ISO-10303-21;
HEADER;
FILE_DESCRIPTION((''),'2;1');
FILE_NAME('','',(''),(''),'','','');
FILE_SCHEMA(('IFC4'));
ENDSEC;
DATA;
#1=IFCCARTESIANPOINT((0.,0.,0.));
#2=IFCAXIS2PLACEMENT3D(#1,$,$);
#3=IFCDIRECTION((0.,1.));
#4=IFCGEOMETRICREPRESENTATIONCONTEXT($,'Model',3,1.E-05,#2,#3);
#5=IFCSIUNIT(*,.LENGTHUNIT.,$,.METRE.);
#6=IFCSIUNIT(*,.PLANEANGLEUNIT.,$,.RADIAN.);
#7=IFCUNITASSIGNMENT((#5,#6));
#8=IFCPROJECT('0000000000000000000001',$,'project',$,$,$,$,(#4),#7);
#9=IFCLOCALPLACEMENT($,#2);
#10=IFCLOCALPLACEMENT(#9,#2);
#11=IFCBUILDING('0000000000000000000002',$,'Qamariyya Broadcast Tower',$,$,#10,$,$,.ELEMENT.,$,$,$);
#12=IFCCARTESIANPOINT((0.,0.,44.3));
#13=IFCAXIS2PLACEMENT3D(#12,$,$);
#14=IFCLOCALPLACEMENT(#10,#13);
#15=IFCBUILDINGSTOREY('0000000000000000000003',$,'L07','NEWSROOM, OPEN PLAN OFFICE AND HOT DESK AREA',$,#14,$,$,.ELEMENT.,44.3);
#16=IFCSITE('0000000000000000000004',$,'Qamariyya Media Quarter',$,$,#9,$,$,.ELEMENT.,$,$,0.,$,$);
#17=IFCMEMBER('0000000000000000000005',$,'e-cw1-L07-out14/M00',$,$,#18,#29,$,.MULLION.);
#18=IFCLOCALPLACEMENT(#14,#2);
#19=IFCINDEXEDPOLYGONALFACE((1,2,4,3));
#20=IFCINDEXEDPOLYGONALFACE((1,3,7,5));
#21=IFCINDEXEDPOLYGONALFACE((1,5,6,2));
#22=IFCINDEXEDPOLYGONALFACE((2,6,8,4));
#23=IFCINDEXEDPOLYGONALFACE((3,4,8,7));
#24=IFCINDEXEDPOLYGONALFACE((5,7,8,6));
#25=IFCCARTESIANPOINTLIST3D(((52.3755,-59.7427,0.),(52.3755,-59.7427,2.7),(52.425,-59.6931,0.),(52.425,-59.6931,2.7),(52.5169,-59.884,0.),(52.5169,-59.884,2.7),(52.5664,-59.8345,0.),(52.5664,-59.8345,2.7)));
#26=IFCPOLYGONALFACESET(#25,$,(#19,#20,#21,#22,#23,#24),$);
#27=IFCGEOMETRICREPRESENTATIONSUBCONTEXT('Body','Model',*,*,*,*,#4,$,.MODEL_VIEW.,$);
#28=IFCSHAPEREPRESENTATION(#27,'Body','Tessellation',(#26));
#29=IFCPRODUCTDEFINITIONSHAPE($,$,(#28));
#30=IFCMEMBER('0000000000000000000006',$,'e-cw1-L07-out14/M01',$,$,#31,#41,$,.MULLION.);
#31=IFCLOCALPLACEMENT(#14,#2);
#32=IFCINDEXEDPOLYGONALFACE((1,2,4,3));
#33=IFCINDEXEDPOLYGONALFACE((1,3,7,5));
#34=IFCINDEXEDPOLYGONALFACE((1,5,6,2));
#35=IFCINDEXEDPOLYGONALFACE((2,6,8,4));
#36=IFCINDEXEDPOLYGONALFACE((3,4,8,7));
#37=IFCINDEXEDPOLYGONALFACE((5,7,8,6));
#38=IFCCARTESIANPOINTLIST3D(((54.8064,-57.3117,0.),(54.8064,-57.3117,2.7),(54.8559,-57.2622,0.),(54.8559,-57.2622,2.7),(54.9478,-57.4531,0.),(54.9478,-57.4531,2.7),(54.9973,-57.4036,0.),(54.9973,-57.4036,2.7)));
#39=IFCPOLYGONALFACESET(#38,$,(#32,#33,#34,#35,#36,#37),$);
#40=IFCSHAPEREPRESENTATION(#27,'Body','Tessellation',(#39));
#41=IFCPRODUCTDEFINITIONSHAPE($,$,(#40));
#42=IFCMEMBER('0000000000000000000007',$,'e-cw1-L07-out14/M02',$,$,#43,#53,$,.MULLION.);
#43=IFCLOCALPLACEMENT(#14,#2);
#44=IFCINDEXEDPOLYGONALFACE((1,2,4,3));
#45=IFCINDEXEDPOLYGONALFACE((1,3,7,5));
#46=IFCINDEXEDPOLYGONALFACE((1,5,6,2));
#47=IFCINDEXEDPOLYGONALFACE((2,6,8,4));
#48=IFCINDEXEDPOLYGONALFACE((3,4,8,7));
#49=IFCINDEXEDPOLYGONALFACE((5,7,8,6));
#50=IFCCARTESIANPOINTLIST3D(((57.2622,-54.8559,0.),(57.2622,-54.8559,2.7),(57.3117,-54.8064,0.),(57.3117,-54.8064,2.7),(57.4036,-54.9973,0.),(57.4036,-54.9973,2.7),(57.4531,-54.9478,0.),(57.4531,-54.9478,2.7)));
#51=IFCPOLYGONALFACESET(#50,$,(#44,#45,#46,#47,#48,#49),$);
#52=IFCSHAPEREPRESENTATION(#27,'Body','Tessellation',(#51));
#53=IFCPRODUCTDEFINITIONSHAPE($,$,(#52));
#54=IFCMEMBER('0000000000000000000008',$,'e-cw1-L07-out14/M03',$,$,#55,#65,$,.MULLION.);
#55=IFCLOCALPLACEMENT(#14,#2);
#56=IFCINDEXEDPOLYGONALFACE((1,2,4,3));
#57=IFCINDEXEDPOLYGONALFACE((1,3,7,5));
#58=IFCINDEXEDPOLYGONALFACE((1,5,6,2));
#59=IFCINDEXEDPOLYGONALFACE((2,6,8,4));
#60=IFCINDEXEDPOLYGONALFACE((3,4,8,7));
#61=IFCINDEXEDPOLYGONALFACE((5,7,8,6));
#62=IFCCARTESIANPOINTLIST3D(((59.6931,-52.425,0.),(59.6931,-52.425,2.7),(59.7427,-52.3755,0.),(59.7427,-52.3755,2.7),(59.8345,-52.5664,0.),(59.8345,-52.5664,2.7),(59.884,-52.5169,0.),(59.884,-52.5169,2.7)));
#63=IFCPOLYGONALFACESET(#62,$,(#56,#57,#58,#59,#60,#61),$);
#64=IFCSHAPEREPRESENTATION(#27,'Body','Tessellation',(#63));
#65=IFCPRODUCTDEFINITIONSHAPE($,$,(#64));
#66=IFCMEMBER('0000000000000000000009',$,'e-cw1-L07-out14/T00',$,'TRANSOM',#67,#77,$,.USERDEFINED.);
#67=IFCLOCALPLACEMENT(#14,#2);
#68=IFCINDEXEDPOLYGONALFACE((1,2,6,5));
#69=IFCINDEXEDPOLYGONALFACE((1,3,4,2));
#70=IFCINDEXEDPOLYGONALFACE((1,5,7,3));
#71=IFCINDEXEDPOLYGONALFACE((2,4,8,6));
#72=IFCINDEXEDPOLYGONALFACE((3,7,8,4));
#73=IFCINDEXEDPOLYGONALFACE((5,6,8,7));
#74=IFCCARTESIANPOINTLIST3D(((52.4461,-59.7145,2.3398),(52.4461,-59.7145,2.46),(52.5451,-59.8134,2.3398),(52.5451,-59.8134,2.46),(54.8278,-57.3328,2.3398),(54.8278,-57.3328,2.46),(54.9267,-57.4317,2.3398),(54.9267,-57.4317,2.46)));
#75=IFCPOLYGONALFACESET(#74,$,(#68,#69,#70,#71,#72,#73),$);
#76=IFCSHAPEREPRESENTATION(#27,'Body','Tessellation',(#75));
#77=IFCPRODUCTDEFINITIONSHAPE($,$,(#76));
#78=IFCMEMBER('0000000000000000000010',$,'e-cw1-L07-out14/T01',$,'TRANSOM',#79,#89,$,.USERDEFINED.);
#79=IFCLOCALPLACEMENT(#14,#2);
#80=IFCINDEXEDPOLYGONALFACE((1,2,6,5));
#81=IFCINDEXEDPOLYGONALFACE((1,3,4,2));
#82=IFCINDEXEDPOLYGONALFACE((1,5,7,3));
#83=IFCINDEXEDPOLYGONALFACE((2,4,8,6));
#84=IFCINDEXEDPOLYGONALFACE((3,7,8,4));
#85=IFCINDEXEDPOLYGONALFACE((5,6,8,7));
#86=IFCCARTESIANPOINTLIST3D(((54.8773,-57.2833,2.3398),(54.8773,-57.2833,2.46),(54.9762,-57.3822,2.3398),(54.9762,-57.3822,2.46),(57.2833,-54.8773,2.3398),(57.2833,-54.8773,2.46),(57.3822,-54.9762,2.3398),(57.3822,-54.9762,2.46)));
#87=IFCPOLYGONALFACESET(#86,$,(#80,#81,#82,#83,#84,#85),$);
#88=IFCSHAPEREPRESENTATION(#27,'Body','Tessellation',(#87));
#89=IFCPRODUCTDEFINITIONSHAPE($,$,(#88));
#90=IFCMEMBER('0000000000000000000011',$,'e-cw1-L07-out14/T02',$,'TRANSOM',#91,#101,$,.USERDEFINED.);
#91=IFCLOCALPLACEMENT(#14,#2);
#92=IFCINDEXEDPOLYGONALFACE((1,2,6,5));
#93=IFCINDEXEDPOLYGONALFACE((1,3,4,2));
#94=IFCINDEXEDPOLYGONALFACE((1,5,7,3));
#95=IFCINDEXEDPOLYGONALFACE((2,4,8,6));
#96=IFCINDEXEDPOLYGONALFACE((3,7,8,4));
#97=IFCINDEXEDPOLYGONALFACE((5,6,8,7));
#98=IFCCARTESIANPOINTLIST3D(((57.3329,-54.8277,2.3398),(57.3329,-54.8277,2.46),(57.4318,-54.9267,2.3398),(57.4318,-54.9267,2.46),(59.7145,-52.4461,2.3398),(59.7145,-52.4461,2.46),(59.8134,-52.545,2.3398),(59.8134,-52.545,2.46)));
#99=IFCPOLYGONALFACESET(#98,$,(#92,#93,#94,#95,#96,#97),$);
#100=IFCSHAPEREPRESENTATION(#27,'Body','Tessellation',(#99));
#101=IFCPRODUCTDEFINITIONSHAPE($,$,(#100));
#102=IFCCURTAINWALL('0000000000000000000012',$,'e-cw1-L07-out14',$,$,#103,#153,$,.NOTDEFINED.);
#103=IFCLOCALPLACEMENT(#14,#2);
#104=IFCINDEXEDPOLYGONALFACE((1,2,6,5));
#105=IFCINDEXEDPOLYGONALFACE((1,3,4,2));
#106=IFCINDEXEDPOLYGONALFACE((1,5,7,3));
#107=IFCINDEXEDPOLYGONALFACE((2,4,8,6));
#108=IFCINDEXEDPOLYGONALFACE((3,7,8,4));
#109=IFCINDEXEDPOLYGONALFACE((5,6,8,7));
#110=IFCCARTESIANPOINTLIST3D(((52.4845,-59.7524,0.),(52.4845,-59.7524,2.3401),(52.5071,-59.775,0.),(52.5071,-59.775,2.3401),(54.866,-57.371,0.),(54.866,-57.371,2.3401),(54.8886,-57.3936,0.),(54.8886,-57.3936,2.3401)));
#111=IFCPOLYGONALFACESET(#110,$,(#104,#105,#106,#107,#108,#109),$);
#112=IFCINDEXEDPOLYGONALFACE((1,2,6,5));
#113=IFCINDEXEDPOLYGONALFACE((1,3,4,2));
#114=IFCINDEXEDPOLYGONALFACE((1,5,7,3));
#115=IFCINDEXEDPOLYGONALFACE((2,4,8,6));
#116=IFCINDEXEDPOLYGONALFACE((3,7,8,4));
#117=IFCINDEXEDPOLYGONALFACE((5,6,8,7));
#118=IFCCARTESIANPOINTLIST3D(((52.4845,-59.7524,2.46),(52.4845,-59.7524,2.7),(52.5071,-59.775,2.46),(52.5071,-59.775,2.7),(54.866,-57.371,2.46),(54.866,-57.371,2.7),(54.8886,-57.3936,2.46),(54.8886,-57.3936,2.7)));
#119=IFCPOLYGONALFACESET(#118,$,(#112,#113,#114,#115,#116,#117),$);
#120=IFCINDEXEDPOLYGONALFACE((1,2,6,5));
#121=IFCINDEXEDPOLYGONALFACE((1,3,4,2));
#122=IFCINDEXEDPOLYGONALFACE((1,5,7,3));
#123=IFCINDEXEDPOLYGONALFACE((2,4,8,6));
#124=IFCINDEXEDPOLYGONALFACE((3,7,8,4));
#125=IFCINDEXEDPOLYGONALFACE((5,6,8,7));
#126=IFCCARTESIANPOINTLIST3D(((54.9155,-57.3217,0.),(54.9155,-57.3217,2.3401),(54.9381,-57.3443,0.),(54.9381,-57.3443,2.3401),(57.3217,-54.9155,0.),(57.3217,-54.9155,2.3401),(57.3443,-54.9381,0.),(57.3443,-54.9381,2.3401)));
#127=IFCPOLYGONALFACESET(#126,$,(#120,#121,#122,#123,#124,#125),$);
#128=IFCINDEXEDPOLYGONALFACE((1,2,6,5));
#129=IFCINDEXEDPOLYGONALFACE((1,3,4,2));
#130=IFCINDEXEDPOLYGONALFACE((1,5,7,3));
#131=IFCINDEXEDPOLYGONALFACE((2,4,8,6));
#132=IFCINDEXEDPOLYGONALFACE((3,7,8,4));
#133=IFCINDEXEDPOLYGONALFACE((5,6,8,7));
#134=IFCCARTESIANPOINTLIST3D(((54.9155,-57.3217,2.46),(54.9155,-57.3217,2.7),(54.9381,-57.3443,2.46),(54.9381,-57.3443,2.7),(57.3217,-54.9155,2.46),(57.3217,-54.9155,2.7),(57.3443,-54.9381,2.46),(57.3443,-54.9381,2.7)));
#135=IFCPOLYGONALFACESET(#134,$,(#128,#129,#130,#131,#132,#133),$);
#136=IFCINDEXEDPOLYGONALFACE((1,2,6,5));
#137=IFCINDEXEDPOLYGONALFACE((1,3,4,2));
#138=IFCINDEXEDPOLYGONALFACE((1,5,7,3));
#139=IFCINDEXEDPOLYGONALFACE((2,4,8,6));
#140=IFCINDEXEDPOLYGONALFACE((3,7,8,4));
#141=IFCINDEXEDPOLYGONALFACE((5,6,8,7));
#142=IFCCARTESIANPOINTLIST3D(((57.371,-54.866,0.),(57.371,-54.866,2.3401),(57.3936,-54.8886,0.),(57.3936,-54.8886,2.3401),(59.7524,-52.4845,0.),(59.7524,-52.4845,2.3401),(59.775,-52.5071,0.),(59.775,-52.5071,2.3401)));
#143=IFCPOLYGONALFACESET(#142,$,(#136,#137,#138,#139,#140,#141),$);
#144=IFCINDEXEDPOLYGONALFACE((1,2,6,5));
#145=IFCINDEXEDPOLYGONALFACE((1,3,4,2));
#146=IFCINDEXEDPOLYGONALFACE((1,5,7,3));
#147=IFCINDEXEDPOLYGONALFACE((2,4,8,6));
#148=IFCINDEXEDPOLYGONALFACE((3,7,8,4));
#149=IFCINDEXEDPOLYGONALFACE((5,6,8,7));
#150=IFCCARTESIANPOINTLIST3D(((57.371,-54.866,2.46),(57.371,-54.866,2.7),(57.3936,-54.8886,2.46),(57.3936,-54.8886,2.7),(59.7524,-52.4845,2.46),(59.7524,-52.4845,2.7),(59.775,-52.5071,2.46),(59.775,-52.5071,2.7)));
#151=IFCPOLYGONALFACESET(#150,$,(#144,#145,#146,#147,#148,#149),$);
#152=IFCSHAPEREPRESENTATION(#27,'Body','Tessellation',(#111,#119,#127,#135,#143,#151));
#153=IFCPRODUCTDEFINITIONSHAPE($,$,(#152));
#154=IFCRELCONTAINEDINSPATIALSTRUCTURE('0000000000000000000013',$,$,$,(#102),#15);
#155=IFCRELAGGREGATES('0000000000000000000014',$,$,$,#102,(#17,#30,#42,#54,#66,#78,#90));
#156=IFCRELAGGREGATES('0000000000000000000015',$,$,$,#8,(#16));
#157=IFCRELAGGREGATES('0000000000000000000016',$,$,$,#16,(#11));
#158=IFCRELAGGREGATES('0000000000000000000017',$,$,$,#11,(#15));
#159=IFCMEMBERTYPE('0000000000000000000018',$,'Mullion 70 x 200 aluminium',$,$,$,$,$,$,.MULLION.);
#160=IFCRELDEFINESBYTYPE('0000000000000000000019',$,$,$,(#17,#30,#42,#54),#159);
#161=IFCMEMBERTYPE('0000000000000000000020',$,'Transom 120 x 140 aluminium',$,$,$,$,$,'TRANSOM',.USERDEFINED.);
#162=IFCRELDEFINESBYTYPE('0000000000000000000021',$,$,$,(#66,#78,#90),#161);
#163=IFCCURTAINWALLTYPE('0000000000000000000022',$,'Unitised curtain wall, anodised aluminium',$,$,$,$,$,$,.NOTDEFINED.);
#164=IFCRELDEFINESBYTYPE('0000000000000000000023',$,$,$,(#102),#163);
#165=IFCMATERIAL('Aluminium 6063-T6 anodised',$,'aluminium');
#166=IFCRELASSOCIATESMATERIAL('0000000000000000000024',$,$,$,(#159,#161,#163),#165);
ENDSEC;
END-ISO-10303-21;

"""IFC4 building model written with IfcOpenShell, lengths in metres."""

from ifc_helpers import new_model, si_unit, direction, frame, origin, origin_2d, place, context, subcontext, project, spatial, rectangle, extrude, material, material_profile, profile_set, type_object, element, aggregate, save


model = new_model("IFC4")

# Units and contexts
model_context = context("Model", 3, precision=1e-05, world=origin(), true_north=direction((0.0, 1.0)))
body_context = subcontext(model_context, "Body", "Model", "MODEL_VIEW")
ifc_project = project(units=[si_unit("LENGTHUNIT", "METRE"), si_unit("PLANEANGLEUNIT", "RADIAN")], contexts=[model_context])

# Members
ifc_material = material(Name="Aluminium 6063-T6 anodised", Category="aluminium")
ifc_material_profile_1 = material_profile(ifc_material, rectangle(XDim=0.2, YDim=0.0701, at=origin_2d()))
ifc_profile_set_1 = profile_set([ifc_material_profile_1], Name="Aluminium 6063-T6 anodised")
member_type_1 = type_object("IfcMemberType", Name="Mullion 70 x 200 aluminium", PredefinedType="MULLION", material=ifc_profile_set_1)
site_placement = place(None, origin())
building_placement = place(site_placement, origin())
storey_placement = place(building_placement, frame((0.0, 0.0, 44.3)))
member_1_placement = place(storey_placement, frame((52.4709, -59.7886, 0.0), z_axis=(0.0, 0.0, 1.0), x_axis=(-0.707107, 0.707107, 0.0)))
member_1 = element("IfcMember", 1, at=member_1_placement, type_object=member_type_1, Name="e-cw1-L07-out14/M00", PredefinedType="MULLION", context=body_context, shape_type="SweptSolid", body=[
    extrude(rectangle(XDim=0.2, YDim=0.0701, at=origin_2d()), origin(), (0.0, 0.0, 1.0), 2.7),
])
member_2_placement = place(storey_placement, frame((54.9019, -57.3577, 0.0), z_axis=(0.0, 0.0, 1.0), x_axis=(-0.707107, 0.707107, 0.0)))
member_2 = element("IfcMember", 2, at=member_2_placement, type_object=member_type_1, Name="e-cw1-L07-out14/M01", PredefinedType="MULLION", context=body_context, shape_type="SweptSolid", body=[
    extrude(rectangle(XDim=0.2, YDim=0.0701, at=origin_2d()), origin(), (0.0, 0.0, 1.0), 2.7),
])
member_3_placement = place(storey_placement, frame((57.3577, -54.9019, 0.0), z_axis=(0.0, 0.0, 1.0), x_axis=(-0.707107, 0.707107, 0.0)))
member_3 = element("IfcMember", 3, at=member_3_placement, type_object=member_type_1, Name="e-cw1-L07-out14/M02", PredefinedType="MULLION", context=body_context, shape_type="SweptSolid", body=[
    extrude(rectangle(XDim=0.2, YDim=0.0701, at=origin_2d()), origin(), (0.0, 0.0, 1.0), 2.7),
])
member_4_placement = place(storey_placement, frame((59.7886, -52.4709, 0.0), z_axis=(0.0, 0.0, 1.0), x_axis=(-0.707107, 0.707107, 0.0)))
member_4 = element("IfcMember", 4, at=member_4_placement, type_object=member_type_1, Name="e-cw1-L07-out14/M03", PredefinedType="MULLION", context=body_context, shape_type="SweptSolid", body=[
    extrude(rectangle(XDim=0.2, YDim=0.0701, at=origin_2d()), origin(), (0.0, 0.0, 1.0), 2.7),
])
ifc_material_profile_2 = material_profile(ifc_material, rectangle(XDim=0.1399, YDim=0.1201, at=origin_2d()))
ifc_profile_set_2 = profile_set([ifc_material_profile_2], Name="Aluminium 6063-T6 anodised")
member_type_2 = type_object("IfcMemberType", Name="Transom 120 x 140 aluminium", ElementType="TRANSOM", PredefinedType="USERDEFINED", material=ifc_profile_set_2)
member_5_placement = place(storey_placement, frame((52.4956, -59.7639, 2.3999), z_axis=(0.707107, 0.707107, 0.0), x_axis=(-0.707107, 0.707107, 0.0)))
member_5 = element("IfcMember", 5, at=member_5_placement, type_object=member_type_2, Name="e-cw1-L07-out14/T00", ObjectType="TRANSOM", PredefinedType="USERDEFINED", context=body_context, shape_type="SweptSolid", body=[
    extrude(rectangle(XDim=0.1399, YDim=0.1201, at=origin_2d()), origin(), (0.0, 0.0, 1.0), 3.3682),
])
member_6_placement = place(storey_placement, frame((54.9268, -57.3328, 2.3999), z_axis=(0.707107, 0.707107, 0.0), x_axis=(-0.707107, 0.707107, 0.0)))
member_6 = element("IfcMember", 6, at=member_6_placement, type_object=member_type_2, Name="e-cw1-L07-out14/T01", ObjectType="TRANSOM", PredefinedType="USERDEFINED", context=body_context, shape_type="SweptSolid", body=[
    extrude(rectangle(XDim=0.1399, YDim=0.1201, at=origin_2d()), origin(), (0.0, 0.0, 1.0), 3.4026),
])
member_7_placement = place(storey_placement, frame((57.3823, -54.8772, 2.3999), z_axis=(0.707107, 0.707107, 0.0), x_axis=(-0.707107, 0.707107, 0.0)))
member_7 = element("IfcMember", 7, at=member_7_placement, type_object=member_type_2, Name="e-cw1-L07-out14/T02", ObjectType="TRANSOM", PredefinedType="USERDEFINED", context=body_context, shape_type="SweptSolid", body=[
    extrude(rectangle(XDim=0.1399, YDim=0.1201, at=origin_2d()), origin(), (0.0, 0.0, 1.0), 3.3682),
])

# Site, building, storey
site = spatial("IfcSite", under=ifc_project, at=site_placement, Name="Qamariyya Media Quarter", CompositionType="ELEMENT", RefElevation=0.0)
building = spatial("IfcBuilding", under=site, at=building_placement, Name="Qamariyya Broadcast Tower", CompositionType="ELEMENT")
storey = spatial("IfcBuildingStorey", under=building, at=storey_placement, Name="L07", Description="NEWSROOM, OPEN PLAN OFFICE AND HOT DESK AREA", CompositionType="ELEMENT", Elevation=44.3)

# Curtain wall
curtain_wall_type = type_object("IfcCurtainWallType", Name="Unitised curtain wall, anodised aluminium", PredefinedType="NOTDEFINED", material=ifc_material)
curtain_wall_1_placement = place(storey_placement, origin())
curtain_wall_1 = element("IfcCurtainWall", 8, at=curtain_wall_1_placement, inside=storey, type_object=curtain_wall_type, Name="e-cw1-L07-out14", PredefinedType="NOTDEFINED", context=body_context, shape_type="SweptSolid", body=[
    extrude(rectangle(XDim=3.3679, YDim=0.032, at=origin_2d()), frame((53.6865, -58.573, 0.0), x_axis=(0.707107, 0.707107, 0.0)), (0.0, 0.0, 1.0), 2.3401),
    extrude(rectangle(XDim=3.3679, YDim=0.032, at=origin_2d()), frame((53.6865, -58.573, 2.46), x_axis=(0.707107, 0.707107, 0.0)), (0.0, 0.0, 1.0), 0.24),
    extrude(rectangle(XDim=3.4028, YDim=0.032, at=origin_2d()), frame((56.1299, -56.1299, 0.0), x_axis=(0.707107, 0.707107, 0.0)), (0.0, 0.0, 1.0), 2.3401),
    extrude(rectangle(XDim=3.4028, YDim=0.032, at=origin_2d()), frame((56.1299, -56.1299, 2.46), x_axis=(0.707107, 0.707107, 0.0)), (0.0, 0.0, 1.0), 0.24),
    extrude(rectangle(XDim=3.3679, YDim=0.032, at=origin_2d()), frame((58.573, -53.6865, 0.0), x_axis=(0.707107, 0.707107, 0.0)), (0.0, 0.0, 1.0), 2.3401),
    extrude(rectangle(XDim=3.3679, YDim=0.032, at=origin_2d()), frame((58.573, -53.6865, 2.46), x_axis=(0.707107, 0.707107, 0.0)), (0.0, 0.0, 1.0), 0.24),
])
aggregate(curtain_wall_1, [member_1, member_2, member_3, member_4, member_5, member_6, member_7])

save(model, "model.ifc")
